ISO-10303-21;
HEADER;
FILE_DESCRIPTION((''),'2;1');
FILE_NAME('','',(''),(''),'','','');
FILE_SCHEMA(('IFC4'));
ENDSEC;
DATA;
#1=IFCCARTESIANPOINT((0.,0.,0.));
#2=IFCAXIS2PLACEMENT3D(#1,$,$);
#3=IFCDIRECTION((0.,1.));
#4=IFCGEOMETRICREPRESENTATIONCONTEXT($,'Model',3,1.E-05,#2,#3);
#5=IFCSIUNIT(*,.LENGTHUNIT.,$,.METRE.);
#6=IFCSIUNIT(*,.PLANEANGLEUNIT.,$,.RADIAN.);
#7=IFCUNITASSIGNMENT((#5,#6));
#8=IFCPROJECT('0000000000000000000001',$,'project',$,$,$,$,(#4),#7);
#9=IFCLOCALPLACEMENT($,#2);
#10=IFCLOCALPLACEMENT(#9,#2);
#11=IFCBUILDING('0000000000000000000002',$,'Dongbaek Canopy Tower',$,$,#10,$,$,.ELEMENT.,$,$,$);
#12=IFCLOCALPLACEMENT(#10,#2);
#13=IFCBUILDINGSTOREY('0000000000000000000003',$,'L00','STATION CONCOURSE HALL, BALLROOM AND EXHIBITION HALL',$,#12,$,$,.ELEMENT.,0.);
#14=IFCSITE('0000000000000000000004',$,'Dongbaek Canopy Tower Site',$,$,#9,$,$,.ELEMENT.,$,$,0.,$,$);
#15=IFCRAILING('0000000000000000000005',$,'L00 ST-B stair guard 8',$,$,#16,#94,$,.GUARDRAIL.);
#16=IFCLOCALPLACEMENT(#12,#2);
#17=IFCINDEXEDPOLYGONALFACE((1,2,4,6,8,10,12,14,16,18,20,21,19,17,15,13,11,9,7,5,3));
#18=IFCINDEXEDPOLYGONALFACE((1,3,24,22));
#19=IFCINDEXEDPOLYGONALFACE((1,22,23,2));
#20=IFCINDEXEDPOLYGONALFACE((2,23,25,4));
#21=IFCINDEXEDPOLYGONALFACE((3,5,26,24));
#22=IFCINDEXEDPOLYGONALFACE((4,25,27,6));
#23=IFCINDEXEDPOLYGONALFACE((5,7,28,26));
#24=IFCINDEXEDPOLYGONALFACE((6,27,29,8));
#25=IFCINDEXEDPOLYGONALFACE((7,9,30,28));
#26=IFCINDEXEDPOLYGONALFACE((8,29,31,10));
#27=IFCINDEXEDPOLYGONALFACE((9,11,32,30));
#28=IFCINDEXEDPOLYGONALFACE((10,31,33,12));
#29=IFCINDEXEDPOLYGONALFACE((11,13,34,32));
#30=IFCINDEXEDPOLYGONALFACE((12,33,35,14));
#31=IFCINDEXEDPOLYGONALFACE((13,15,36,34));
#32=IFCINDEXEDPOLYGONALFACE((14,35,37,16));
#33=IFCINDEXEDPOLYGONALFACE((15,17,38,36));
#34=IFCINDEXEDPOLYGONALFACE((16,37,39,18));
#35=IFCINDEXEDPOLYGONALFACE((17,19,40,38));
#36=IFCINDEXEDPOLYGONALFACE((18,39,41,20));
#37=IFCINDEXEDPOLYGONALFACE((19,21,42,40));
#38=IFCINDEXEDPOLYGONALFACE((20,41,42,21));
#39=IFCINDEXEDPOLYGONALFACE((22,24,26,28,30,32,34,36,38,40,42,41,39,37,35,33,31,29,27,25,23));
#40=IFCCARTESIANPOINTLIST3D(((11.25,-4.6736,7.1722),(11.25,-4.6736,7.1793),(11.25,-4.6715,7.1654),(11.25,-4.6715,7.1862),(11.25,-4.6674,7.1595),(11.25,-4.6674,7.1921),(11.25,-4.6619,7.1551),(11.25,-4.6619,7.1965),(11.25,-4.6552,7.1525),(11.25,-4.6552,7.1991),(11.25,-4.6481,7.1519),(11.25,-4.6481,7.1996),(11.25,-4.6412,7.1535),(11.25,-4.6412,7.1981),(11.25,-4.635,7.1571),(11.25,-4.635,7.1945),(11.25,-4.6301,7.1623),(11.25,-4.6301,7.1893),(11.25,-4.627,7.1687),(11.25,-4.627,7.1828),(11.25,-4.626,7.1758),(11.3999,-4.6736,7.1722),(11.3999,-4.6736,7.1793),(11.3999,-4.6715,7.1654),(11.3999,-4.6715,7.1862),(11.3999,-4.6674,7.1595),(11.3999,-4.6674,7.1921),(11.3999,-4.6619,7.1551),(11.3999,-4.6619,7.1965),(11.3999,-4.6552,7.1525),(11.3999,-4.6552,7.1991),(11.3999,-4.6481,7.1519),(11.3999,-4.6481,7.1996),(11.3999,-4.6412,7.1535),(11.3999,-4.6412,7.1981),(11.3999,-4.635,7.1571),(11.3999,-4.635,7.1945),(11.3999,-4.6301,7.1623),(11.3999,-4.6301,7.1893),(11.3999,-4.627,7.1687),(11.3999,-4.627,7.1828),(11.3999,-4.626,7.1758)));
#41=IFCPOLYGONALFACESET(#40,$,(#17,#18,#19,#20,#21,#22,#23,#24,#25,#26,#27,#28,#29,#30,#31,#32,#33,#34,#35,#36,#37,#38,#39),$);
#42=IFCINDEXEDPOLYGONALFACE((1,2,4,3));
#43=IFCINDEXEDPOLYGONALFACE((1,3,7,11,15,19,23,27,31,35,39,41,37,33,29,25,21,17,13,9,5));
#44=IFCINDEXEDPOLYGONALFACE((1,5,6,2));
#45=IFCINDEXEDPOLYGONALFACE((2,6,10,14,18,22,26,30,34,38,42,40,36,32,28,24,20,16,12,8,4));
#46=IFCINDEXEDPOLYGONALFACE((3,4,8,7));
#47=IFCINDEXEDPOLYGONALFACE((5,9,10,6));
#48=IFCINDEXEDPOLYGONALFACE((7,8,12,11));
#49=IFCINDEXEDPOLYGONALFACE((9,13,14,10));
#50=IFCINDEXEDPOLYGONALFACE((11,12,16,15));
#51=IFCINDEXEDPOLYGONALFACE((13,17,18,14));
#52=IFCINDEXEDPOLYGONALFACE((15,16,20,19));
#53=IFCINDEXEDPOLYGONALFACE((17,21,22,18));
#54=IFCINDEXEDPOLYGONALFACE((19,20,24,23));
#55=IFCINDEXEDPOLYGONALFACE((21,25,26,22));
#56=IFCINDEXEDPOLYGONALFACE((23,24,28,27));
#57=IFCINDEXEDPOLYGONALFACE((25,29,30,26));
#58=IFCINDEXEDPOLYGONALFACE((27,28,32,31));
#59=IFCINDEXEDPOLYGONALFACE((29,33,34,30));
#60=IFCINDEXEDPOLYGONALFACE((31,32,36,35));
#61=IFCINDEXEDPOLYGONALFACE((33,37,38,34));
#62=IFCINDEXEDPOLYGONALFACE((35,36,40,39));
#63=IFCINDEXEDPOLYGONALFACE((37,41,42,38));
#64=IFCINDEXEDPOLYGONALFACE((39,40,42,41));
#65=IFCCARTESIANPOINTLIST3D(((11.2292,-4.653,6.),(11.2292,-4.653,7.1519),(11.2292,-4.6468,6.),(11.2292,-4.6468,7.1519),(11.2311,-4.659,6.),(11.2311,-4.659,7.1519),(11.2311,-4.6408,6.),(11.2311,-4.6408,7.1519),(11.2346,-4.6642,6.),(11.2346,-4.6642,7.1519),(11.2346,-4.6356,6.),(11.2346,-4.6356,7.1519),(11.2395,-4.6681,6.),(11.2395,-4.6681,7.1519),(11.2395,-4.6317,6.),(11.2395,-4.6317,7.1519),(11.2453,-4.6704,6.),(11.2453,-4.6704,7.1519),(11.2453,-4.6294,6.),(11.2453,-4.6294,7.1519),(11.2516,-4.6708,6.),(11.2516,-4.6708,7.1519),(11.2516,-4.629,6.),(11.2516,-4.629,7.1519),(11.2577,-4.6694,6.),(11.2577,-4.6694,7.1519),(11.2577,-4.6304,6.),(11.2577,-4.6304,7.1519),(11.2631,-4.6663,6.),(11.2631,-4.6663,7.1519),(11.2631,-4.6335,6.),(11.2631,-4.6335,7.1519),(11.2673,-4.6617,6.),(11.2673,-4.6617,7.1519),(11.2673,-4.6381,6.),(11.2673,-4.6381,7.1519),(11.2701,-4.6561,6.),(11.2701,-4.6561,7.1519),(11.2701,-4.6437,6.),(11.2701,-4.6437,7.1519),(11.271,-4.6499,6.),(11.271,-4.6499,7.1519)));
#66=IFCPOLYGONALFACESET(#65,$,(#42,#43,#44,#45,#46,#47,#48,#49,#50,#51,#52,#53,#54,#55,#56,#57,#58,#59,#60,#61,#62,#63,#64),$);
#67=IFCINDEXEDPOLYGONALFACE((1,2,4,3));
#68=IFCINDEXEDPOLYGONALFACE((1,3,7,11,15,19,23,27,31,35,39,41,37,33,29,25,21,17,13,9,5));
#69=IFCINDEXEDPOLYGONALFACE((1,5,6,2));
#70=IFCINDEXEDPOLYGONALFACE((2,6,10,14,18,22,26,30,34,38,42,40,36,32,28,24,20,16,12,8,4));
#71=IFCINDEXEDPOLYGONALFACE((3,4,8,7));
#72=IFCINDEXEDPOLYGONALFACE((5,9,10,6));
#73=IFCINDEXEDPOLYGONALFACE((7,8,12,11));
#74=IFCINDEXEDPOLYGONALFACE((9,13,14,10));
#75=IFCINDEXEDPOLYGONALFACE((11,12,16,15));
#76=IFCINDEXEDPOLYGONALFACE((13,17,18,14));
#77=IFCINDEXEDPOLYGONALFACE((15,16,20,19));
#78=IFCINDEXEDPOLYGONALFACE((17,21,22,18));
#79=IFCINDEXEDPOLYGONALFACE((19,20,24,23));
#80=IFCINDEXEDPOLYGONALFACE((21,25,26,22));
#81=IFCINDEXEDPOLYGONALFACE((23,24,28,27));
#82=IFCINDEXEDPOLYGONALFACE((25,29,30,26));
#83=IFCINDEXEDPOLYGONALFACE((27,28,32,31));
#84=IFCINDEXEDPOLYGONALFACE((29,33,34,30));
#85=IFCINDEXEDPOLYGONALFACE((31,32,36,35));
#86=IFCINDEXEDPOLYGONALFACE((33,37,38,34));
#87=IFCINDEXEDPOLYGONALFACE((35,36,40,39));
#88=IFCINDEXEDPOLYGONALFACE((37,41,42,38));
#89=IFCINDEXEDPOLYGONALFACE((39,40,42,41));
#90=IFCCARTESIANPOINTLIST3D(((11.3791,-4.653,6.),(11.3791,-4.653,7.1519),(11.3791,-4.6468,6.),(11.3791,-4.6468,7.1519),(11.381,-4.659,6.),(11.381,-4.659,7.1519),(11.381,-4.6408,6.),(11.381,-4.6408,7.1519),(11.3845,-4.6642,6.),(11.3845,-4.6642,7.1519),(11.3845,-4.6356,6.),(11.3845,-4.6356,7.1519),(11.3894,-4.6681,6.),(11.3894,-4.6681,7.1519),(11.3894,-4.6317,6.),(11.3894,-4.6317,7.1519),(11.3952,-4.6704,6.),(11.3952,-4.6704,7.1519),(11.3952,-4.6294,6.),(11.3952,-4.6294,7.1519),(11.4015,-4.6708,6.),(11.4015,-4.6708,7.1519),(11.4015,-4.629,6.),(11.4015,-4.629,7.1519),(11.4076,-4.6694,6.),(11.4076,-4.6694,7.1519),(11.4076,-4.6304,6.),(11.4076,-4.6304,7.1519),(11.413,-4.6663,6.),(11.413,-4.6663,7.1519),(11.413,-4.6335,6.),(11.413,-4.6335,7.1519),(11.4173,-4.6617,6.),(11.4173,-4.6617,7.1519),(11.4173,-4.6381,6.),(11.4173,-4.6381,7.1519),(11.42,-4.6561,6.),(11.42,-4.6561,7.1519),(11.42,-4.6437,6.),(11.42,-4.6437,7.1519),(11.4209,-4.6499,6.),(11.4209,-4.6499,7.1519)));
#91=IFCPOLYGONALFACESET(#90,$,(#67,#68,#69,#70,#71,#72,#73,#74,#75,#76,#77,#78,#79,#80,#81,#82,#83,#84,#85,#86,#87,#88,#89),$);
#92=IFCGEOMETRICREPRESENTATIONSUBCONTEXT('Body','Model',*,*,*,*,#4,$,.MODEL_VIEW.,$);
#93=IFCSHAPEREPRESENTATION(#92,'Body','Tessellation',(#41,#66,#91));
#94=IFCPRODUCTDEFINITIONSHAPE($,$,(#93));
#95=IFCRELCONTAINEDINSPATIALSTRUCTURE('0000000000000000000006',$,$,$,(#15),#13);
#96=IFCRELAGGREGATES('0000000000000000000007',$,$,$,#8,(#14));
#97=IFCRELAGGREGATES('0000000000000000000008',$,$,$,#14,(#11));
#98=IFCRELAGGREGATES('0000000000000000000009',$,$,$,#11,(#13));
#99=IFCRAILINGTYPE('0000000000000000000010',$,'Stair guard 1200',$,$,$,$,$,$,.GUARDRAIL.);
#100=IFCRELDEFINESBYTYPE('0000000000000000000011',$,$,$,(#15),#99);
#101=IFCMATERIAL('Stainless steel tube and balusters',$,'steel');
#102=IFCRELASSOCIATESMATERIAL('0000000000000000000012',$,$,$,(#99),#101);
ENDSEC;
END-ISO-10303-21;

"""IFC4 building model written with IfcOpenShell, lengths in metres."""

from ifc_helpers import new_model, si_unit, direction, frame, origin, origin_2d, place, context, subcontext, project, spatial, circle, extrude, material, type_object, element, save


model = new_model("IFC4")

# Units and contexts
model_context = context("Model", 3, precision=1e-05, world=origin(), true_north=direction((0.0, 1.0)))
body_context = subcontext(model_context, "Body", "Model", "MODEL_VIEW")
ifc_project = project(units=[si_unit("LENGTHUNIT", "METRE"), si_unit("PLANEANGLEUNIT", "RADIAN")], contexts=[model_context])

# Site, building, storey
site_placement = place(None, origin())
site = spatial("IfcSite", under=ifc_project, at=site_placement, Name="Dongbaek Canopy Tower Site", CompositionType="ELEMENT", RefElevation=0.0)
building_placement = place(site_placement, origin())
building = spatial("IfcBuilding", under=site, at=building_placement, Name="Dongbaek Canopy Tower", CompositionType="ELEMENT")
storey_placement = place(building_placement, origin())
storey = spatial("IfcBuildingStorey", under=building, at=storey_placement, Name="L00", Description="STATION CONCOURSE HALL, BALLROOM AND EXHIBITION HALL", CompositionType="ELEMENT", Elevation=0.0)

# Railing
ifc_material_1 = material(Name="Stainless steel tube and balusters", Category="steel")
railing_type_1 = type_object("IfcRailingType", Name="Stair guard 1200", PredefinedType="GUARDRAIL", material=ifc_material_1)
railing_1_placement = place(storey_placement, frame((11.25, -4.6499, 6.0)))
element("IfcRailing", 1, at=railing_1_placement, inside=storey, type_object=railing_type_1, Name="L00 ST-B stair guard 8", PredefinedType="GUARDRAIL", context=body_context, shape_type="SweptSolid", body=[
    extrude(circle(Radius=0.0239, at=origin_2d()), frame((0.0, 0.0, 1.1758), z_axis=(1.0, 0.0, 0.0), x_axis=(0.0, 1.0, 0.0)), (0.0, 0.0, 1.0), 0.1499),
    extrude(circle(Radius=0.021, at=origin_2d()), origin(), (0.0, 0.0, 1.0), 1.1519),
    extrude(circle(Radius=0.021, at=origin_2d()), frame((0.1499, 0.0, 0.0)), (0.0, 0.0, 1.0), 1.1519),
])

save(model, "model.ifc")
